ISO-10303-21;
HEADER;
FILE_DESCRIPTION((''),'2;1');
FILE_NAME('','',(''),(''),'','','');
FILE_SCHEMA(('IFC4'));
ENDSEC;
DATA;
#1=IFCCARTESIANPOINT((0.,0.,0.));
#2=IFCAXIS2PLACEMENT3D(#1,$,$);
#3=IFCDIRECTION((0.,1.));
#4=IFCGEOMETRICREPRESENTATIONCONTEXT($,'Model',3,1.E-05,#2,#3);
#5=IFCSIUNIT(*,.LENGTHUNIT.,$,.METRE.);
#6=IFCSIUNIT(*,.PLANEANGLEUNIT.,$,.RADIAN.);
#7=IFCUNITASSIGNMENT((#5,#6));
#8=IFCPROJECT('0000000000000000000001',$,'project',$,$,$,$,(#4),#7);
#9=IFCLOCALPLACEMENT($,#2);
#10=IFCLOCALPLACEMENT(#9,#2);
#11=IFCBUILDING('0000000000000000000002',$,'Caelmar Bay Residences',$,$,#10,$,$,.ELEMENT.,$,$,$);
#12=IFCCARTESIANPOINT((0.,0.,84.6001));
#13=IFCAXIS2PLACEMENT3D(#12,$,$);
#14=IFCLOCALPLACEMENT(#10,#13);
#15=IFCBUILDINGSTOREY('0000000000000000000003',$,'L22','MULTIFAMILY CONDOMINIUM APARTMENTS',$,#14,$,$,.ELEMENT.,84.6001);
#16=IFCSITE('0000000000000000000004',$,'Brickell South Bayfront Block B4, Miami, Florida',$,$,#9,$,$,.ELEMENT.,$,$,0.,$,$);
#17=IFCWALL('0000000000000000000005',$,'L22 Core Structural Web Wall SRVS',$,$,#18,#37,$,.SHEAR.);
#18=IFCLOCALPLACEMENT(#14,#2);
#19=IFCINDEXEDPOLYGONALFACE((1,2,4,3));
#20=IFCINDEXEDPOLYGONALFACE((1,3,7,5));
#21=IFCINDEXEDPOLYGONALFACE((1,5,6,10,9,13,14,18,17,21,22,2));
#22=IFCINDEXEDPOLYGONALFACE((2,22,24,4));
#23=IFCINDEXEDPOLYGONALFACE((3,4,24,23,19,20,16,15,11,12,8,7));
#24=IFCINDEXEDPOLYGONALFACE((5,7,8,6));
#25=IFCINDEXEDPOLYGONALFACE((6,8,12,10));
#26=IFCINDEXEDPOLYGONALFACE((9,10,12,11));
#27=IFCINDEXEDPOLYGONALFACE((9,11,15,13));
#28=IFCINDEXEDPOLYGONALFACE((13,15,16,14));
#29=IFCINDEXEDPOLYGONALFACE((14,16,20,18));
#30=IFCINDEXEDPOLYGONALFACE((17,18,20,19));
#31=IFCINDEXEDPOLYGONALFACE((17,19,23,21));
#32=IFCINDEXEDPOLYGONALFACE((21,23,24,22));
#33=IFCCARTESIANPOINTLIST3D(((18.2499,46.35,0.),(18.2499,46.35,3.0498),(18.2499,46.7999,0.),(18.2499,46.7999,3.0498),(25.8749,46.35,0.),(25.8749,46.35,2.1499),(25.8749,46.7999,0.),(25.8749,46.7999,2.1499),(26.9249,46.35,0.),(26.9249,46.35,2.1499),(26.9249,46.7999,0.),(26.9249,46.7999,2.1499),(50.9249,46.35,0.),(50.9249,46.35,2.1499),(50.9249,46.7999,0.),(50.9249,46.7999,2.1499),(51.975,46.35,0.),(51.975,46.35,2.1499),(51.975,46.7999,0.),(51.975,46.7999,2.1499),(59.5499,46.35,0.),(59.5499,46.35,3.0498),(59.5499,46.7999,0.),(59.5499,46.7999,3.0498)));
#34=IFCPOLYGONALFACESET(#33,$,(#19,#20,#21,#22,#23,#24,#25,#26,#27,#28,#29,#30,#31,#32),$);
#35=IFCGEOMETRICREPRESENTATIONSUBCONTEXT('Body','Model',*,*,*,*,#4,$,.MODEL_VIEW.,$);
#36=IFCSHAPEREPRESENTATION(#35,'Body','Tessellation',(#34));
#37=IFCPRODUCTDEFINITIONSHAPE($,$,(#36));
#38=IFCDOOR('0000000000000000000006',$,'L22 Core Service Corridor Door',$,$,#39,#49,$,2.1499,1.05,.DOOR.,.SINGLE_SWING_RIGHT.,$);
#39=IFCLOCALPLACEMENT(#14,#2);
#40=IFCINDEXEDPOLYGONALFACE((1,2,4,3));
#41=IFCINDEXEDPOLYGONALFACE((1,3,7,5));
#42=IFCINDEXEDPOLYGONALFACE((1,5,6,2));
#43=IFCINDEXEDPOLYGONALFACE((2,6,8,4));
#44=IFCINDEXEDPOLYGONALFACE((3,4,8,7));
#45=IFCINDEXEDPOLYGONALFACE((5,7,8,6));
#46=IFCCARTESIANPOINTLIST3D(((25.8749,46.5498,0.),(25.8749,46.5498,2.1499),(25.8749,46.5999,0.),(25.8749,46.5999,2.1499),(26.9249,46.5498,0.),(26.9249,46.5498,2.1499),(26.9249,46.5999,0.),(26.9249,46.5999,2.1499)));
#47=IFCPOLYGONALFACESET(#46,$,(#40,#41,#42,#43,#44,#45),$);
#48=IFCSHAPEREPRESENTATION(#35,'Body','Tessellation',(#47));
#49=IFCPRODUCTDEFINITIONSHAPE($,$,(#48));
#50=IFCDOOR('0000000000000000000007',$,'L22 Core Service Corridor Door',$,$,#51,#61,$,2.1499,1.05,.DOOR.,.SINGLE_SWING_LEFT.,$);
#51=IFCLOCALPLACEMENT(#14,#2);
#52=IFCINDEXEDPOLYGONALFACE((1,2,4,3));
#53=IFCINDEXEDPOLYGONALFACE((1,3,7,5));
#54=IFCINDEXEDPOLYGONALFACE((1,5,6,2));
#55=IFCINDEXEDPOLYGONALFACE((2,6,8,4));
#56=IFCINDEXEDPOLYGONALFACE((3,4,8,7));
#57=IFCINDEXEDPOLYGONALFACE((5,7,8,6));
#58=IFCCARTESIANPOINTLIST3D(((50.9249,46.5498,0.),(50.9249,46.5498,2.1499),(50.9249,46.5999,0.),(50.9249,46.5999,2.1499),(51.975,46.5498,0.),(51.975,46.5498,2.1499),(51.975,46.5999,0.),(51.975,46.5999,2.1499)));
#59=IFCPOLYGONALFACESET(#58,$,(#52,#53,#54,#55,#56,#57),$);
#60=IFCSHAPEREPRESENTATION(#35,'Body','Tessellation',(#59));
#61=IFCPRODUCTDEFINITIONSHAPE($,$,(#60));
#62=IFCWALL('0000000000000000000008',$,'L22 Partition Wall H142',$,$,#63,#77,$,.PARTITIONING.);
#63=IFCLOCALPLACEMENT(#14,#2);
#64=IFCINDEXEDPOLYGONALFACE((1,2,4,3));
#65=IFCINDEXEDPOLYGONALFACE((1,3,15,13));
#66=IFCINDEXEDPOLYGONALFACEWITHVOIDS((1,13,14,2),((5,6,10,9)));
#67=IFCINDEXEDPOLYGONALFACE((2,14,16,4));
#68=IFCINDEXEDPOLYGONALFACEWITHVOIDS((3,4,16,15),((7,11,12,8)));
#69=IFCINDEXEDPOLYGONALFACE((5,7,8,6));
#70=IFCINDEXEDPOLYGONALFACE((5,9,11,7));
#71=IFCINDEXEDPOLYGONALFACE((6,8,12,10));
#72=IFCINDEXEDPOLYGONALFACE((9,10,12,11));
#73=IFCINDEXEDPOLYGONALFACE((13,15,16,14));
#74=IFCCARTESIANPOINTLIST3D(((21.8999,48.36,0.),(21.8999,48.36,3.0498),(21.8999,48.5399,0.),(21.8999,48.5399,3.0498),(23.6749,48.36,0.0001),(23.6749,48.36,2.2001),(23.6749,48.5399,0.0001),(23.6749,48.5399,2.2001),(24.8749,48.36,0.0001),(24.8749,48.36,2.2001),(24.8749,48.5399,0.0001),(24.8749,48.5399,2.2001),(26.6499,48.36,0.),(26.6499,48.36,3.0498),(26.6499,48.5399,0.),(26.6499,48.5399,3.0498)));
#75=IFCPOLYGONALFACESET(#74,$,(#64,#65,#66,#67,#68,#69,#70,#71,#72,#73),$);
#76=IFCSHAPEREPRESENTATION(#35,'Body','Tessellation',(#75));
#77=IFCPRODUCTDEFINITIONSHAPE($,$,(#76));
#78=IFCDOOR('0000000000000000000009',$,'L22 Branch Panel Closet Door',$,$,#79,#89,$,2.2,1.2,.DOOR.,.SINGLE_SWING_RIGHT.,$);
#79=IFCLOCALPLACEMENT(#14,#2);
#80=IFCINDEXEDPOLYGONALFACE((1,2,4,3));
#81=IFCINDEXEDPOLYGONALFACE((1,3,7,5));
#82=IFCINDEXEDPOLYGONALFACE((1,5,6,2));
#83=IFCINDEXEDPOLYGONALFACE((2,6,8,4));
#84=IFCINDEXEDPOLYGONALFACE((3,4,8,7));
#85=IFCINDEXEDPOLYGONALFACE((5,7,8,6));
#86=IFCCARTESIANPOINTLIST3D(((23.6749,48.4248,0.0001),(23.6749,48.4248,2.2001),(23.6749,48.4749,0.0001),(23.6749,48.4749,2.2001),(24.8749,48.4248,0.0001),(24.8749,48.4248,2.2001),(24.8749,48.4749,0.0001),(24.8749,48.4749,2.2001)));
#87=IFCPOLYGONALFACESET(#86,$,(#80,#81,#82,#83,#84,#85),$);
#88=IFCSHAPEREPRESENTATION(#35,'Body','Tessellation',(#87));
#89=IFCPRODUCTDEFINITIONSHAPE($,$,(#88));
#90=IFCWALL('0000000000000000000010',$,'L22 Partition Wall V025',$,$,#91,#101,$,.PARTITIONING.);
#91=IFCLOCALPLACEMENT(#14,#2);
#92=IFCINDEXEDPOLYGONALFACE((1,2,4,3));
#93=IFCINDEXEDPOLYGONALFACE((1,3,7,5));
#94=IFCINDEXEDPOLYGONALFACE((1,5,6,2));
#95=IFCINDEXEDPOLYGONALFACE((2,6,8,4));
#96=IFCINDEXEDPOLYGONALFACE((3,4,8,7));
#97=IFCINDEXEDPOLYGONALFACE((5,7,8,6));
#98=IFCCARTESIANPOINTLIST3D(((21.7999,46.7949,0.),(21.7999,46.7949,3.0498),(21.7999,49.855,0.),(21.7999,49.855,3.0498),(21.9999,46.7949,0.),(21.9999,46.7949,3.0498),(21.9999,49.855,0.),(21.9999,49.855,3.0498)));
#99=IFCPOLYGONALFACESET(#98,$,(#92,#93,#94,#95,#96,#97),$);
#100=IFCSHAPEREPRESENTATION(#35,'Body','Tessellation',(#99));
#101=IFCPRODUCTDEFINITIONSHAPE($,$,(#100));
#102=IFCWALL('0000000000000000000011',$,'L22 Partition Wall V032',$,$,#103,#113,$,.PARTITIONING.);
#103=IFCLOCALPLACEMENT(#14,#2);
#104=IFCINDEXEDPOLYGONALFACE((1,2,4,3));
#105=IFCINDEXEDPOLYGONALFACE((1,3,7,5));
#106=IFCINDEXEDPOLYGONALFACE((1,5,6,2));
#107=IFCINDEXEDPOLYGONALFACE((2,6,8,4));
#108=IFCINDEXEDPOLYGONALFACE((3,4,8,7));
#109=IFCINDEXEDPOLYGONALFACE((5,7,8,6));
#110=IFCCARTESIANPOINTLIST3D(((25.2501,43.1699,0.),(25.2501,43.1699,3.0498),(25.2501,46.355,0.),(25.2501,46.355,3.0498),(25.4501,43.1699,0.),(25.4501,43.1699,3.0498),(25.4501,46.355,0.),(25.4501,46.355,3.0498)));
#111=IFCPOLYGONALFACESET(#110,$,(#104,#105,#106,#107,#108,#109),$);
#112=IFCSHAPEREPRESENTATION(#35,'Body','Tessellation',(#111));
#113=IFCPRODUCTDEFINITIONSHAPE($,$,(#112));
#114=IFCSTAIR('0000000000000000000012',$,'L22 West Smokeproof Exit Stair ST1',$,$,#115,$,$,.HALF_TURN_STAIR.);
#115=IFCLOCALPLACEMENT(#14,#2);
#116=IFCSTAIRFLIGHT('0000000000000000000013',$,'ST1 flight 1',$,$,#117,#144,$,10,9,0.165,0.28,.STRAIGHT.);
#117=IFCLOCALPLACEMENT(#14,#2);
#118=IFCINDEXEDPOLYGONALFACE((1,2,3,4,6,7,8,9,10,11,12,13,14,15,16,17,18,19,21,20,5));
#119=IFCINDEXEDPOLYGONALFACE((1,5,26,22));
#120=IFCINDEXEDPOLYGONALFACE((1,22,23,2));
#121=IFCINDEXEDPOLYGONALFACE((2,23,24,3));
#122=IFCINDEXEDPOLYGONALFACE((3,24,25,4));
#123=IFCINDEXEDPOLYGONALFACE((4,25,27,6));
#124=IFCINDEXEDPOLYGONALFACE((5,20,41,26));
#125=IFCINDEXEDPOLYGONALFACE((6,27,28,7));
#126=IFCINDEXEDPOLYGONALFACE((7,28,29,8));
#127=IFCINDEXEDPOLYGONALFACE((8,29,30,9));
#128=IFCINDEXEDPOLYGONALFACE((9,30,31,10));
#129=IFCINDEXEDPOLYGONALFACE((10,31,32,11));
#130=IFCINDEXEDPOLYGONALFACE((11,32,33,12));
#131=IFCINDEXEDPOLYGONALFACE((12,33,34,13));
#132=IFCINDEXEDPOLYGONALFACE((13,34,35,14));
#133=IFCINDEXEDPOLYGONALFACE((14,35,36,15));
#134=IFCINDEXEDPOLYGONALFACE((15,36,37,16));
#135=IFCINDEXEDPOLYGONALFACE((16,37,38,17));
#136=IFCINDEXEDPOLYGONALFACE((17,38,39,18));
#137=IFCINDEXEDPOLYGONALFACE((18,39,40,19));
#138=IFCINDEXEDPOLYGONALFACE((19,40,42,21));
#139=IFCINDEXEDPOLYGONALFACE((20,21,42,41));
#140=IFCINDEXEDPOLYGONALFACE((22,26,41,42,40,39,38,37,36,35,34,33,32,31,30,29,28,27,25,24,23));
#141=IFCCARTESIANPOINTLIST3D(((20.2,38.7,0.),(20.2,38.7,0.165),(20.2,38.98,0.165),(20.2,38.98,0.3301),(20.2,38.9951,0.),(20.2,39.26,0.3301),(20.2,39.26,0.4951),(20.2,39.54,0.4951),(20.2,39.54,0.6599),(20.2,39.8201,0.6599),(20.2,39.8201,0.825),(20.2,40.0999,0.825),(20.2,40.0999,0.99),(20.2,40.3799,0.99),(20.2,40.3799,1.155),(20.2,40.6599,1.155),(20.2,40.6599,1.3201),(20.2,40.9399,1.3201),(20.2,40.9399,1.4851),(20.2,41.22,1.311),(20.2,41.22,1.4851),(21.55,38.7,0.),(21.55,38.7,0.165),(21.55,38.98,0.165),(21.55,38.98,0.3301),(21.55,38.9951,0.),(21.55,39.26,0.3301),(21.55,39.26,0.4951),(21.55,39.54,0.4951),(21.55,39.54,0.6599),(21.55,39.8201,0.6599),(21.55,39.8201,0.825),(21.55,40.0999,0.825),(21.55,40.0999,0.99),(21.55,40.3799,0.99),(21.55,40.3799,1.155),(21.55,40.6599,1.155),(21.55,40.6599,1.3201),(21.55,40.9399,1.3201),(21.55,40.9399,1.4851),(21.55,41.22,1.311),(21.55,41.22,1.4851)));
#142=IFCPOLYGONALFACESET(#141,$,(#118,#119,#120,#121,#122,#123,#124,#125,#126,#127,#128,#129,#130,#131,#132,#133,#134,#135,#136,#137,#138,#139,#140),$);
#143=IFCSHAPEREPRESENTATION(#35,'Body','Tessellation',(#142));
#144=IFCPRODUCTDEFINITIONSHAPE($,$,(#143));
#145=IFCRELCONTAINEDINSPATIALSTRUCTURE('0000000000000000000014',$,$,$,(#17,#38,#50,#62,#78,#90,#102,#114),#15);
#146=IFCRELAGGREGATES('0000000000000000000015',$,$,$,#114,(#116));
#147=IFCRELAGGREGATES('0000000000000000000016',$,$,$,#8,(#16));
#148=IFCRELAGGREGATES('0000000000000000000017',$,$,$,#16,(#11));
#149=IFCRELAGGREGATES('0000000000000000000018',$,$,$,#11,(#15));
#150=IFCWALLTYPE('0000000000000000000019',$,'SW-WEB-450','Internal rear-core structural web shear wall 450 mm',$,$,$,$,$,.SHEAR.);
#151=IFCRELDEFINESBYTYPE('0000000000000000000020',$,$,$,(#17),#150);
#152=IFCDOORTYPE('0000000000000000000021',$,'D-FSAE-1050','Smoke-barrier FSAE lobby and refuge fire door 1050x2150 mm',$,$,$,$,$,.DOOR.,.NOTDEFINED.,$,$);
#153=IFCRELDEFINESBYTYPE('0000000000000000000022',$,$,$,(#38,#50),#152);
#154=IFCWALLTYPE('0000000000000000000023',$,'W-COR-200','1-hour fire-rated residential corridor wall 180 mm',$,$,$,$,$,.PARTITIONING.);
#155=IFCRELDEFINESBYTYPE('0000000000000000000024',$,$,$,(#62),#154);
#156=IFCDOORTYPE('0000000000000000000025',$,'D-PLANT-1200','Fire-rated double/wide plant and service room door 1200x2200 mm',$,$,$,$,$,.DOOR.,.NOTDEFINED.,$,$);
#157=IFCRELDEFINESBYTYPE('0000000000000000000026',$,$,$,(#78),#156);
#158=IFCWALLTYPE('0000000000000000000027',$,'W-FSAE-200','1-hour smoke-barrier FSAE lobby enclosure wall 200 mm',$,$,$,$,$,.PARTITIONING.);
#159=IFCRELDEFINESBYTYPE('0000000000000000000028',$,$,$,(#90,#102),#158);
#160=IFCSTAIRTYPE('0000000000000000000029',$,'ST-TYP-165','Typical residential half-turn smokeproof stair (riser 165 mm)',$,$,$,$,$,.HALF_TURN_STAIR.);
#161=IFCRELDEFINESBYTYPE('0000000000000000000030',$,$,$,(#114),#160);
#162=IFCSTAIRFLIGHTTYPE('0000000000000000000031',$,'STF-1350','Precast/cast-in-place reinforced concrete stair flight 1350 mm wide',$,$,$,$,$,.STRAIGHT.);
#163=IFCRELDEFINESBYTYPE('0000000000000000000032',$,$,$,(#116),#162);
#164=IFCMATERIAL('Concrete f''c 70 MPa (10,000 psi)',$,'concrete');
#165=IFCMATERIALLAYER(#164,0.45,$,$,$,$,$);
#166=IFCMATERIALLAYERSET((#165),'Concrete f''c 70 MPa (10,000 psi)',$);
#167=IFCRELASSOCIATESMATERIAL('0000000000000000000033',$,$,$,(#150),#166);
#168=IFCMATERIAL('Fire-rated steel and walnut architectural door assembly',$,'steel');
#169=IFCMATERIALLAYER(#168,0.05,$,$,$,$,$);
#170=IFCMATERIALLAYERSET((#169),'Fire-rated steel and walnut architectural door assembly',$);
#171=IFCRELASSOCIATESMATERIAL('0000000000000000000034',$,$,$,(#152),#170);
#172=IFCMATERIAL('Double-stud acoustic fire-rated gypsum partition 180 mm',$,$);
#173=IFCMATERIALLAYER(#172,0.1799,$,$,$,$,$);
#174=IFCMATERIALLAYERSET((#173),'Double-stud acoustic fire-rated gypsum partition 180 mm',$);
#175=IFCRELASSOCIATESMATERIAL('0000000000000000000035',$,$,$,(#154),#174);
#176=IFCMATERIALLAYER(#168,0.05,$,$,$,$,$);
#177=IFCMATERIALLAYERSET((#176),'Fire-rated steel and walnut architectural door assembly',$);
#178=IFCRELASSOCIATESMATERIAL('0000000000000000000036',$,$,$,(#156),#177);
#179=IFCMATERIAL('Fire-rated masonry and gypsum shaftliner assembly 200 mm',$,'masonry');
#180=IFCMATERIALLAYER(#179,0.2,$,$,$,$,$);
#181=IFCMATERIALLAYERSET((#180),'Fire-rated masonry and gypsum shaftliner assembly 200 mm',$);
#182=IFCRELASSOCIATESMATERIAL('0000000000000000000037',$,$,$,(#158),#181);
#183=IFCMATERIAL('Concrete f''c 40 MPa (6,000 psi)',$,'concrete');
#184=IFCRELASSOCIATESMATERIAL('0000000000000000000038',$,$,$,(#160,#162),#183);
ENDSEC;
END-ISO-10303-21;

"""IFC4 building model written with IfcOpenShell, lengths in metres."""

from ifc_helpers import new_model, si_unit, direction, frame, frame_2d, origin, place, context, subcontext, project, spatial, polyline, rectangle, outline, extrude, material, layer, layer_set, type_object, element, fill, aggregate, save


model = new_model("IFC4")

# Units and contexts
model_context = context("Model", 3, precision=1e-05, world=origin(), true_north=direction((0.0, 1.0)))
body_context = subcontext(model_context, "Body", "Model", "MODEL_VIEW")
ifc_project = project(units=[si_unit("LENGTHUNIT", "METRE"), si_unit("PLANEANGLEUNIT", "RADIAN")], contexts=[model_context])

# Site, building, storey
site_placement = place(None, origin())
site = spatial("IfcSite", under=ifc_project, at=site_placement, Name="Brickell South Bayfront Block B4, Miami, Florida", CompositionType="ELEMENT", RefElevation=0.0)
building_placement = place(site_placement, origin())
building = spatial("IfcBuilding", under=site, at=building_placement, Name="Caelmar Bay Residences", CompositionType="ELEMENT")
storey_placement = place(building_placement, frame((0.0, 0.0, 84.6001)))
storey = spatial("IfcBuildingStorey", under=building, at=storey_placement, Name="L22", Description="MULTIFAMILY CONDOMINIUM APARTMENTS", CompositionType="ELEMENT", Elevation=84.6001)

# Shared definitions
ifc_material_1 = material(Name="Fire-rated steel and walnut architectural door assembly", Category="steel")

# Shared definitions
ifc_material_2 = material(Name="Concrete f'c 70 MPa (10,000 psi)", Category="concrete")

# Wall, openings, doors
ifc_layer_1 = layer(ifc_material_2, 0.45)
ifc_layer_set_1 = layer_set([ifc_layer_1], Name="Concrete f'c 70 MPa (10,000 psi)")
wall_type_1 = type_object("IfcWallType", Name="SW-WEB-450", Description="Internal rear-core structural web shear wall 450 mm", PredefinedType="SHEAR", material=ifc_layer_set_1)
ifc_layer_2 = layer(ifc_material_1, 0.05)
ifc_layer_set_2 = layer_set([ifc_layer_2], Name="Fire-rated steel and walnut architectural door assembly")
door_type_1 = type_object("IfcDoorType", Name="D-FSAE-1050", Description="Smoke-barrier FSAE lobby and refuge fire door 1050x2150 mm", OperationType="NOTDEFINED", PredefinedType="DOOR", material=ifc_layer_set_2)
wall_1_placement = place(storey_placement, frame((18.25, 46.575, 0.0), z_axis=(0.0, 0.0, 1.0), x_axis=(1.0, 0.0, 0.0)))
wall_1 = element("IfcWall", 1, at=wall_1_placement, inside=storey, type_object=wall_type_1, Name="L22 Core Structural Web Wall SRVS", PredefinedType="SHEAR", context=body_context, shape_type="SweptSolid", body=[
    extrude(rectangle(XDim=41.3, YDim=0.45, at=frame_2d((20.6499, 0.0))), origin(), (0.0, 0.0, 1.0), 3.0498),
])
opening_1_placement = place(wall_1_placement, frame((7.625, 0.0, 0.0)))
opening_1 = element("IfcOpeningElement", 2, at=opening_1_placement, cuts=wall_1, PredefinedType="OPENING", context=body_context, shape_type="SweptSolid", body=[
    extrude(rectangle(XDim=1.05, YDim=2.1499, at=frame_2d((0.5249, 1.075))), frame((0.0, 0.2349, 0.0), z_axis=(0.0, -1.0, 0.0), x_axis=(1.0, 0.0, 0.0)), (0.0, 0.0, 1.0), 0.47),
])
opening_2_placement = place(wall_1_placement, frame((32.675, 0.0, 0.0)))
opening_2 = element("IfcOpeningElement", 3, at=opening_2_placement, cuts=wall_1, PredefinedType="OPENING", context=body_context, shape_type="SweptSolid", body=[
    extrude(rectangle(XDim=1.05, YDim=2.1499, at=frame_2d((0.5249, 1.075))), frame((0.0, 0.2349, 0.0), z_axis=(0.0, -1.0, 0.0), x_axis=(1.0, 0.0, 0.0)), (0.0, 0.0, 1.0), 0.47),
])
door_1_placement = place(opening_1_placement, origin())
door_1 = element("IfcDoor", 4, at=door_1_placement, inside=storey, type_object=door_type_1, Name="L22 Core Service Corridor Door", OperationType="SINGLE_SWING_RIGHT", OverallHeight=2.1499, OverallWidth=1.05, PredefinedType="DOOR", context=body_context, shape_type="SweptSolid", body=[
    extrude(rectangle(XDim=1.05, YDim=2.1499, at=frame_2d((0.5249, 1.075))), frame((0.0, 0.0249, 0.0), z_axis=(0.0, -1.0, 0.0), x_axis=(1.0, 0.0, 0.0)), (0.0, 0.0, 1.0), 0.05),
])
fill(opening_1, door_1)
door_2_placement = place(opening_2_placement, origin())
door_2 = element("IfcDoor", 5, at=door_2_placement, inside=storey, type_object=door_type_1, Name="L22 Core Service Corridor Door", OperationType="SINGLE_SWING_LEFT", OverallHeight=2.1499, OverallWidth=1.05, PredefinedType="DOOR", context=body_context, shape_type="SweptSolid", body=[
    extrude(rectangle(XDim=1.05, YDim=2.1499, at=frame_2d((0.5249, 1.075))), frame((0.0, 0.0249, 0.0), z_axis=(0.0, -1.0, 0.0), x_axis=(1.0, 0.0, 0.0)), (0.0, 0.0, 1.0), 0.05),
])
fill(opening_2, door_2)

# Wall, opening, door
ifc_material_3 = material(Name="Double-stud acoustic fire-rated gypsum partition 180 mm")
ifc_layer_3 = layer(ifc_material_3, 0.1799)
ifc_layer_set_3 = layer_set([ifc_layer_3], Name="Double-stud acoustic fire-rated gypsum partition 180 mm")
wall_type_2 = type_object("IfcWallType", Name="W-COR-200", Description="1-hour fire-rated residential corridor wall 180 mm", PredefinedType="PARTITIONING", material=ifc_layer_set_3)
wall_2_placement = place(storey_placement, frame((21.8999, 48.45, 0.0), z_axis=(0.0, 0.0, 1.0), x_axis=(1.0, 0.0, 0.0)))
wall_2 = element("IfcWall", 6, at=wall_2_placement, inside=storey, type_object=wall_type_2, Name="L22 Partition Wall H142", PredefinedType="PARTITIONING", context=body_context, shape_type="SweptSolid", body=[
    extrude(rectangle(XDim=4.75, YDim=0.1799, at=frame_2d((2.375, 0.0))), origin(), (0.0, 0.0, 1.0), 3.0498),
])
opening_3_placement = place(wall_2_placement, frame((1.7749, 0.0, 0.0)))
opening_3 = element("IfcOpeningElement", 7, at=opening_3_placement, cuts=wall_2, PredefinedType="OPENING", context=body_context, shape_type="SweptSolid", body=[
    extrude(rectangle(XDim=1.2, YDim=2.2, at=frame_2d((0.6001, 1.1001))), frame((0.0, 0.0999, 0.0), z_axis=(0.0, -1.0, 0.0), x_axis=(1.0, 0.0, 0.0)), (0.0, 0.0, 1.0), 0.2),
])
ifc_layer_4 = layer(ifc_material_1, 0.05)
ifc_layer_set_4 = layer_set([ifc_layer_4], Name="Fire-rated steel and walnut architectural door assembly")
door_type_2 = type_object("IfcDoorType", Name="D-PLANT-1200", Description="Fire-rated double/wide plant and service room door 1200x2200 mm", OperationType="NOTDEFINED", PredefinedType="DOOR", material=ifc_layer_set_4)
door_3_placement = place(opening_3_placement, origin())
door_3 = element("IfcDoor", 8, at=door_3_placement, inside=storey, type_object=door_type_2, Name="L22 Branch Panel Closet Door", OperationType="SINGLE_SWING_RIGHT", OverallHeight=2.2, OverallWidth=1.2, PredefinedType="DOOR", context=body_context, shape_type="SweptSolid", body=[
    extrude(rectangle(XDim=1.2, YDim=2.2, at=frame_2d((0.6001, 1.1001))), frame((0.0, 0.0249, 0.0), z_axis=(0.0, -1.0, 0.0), x_axis=(1.0, 0.0, 0.0)), (0.0, 0.0, 1.0), 0.05),
])
fill(opening_3, door_3)

# Walls
ifc_material_4 = material(Name="Fire-rated masonry and gypsum shaftliner assembly 200 mm", Category="masonry")
ifc_layer_5 = layer(ifc_material_4, 0.2)
ifc_layer_set_5 = layer_set([ifc_layer_5], Name="Fire-rated masonry and gypsum shaftliner assembly 200 mm")
wall_type_3 = type_object("IfcWallType", Name="W-FSAE-200", Description="1-hour smoke-barrier FSAE lobby enclosure wall 200 mm", PredefinedType="PARTITIONING", material=ifc_layer_set_5)
wall_3_placement = place(storey_placement, frame((21.8999, 46.7949, 0.0), z_axis=(0.0, 0.0, 1.0), x_axis=(0.0, 1.0, 0.0)))
element("IfcWall", 9, at=wall_3_placement, inside=storey, type_object=wall_type_3, Name="L22 Partition Wall V025", PredefinedType="PARTITIONING", context=body_context, shape_type="SweptSolid", body=[
    extrude(rectangle(XDim=3.0601, YDim=0.2, at=frame_2d((1.53, 0.0))), origin(), (0.0, 0.0, 1.0), 3.0498),
])
wall_4_placement = place(storey_placement, frame((25.3501, 43.1699, 0.0), z_axis=(0.0, 0.0, 1.0), x_axis=(0.0, 1.0, 0.0)))
element("IfcWall", 10, at=wall_4_placement, inside=storey, type_object=wall_type_3, Name="L22 Partition Wall V032", PredefinedType="PARTITIONING", context=body_context, shape_type="SweptSolid", body=[
    extrude(rectangle(XDim=3.1851, YDim=0.2, at=frame_2d((1.5925, 0.0))), origin(), (0.0, 0.0, 1.0), 3.0498),
])

# Stair, stair flight
ifc_material_5 = material(Name="Concrete f'c 40 MPa (6,000 psi)", Category="concrete")
stair_type = type_object("IfcStairType", Name="ST-TYP-165", Description="Typical residential half-turn smokeproof stair (riser 165 mm)", PredefinedType="HALF_TURN_STAIR", material=ifc_material_5)
stair_placement = place(storey_placement, origin())
stair = element("IfcStair", 11, at=stair_placement, inside=storey, type_object=stair_type, Name="L22 West Smokeproof Exit Stair ST1", PredefinedType="HALF_TURN_STAIR")
stair_flight_type = type_object("IfcStairFlightType", Name="STF-1350", Description="Precast/cast-in-place reinforced concrete stair flight 1350 mm wide", PredefinedType="STRAIGHT", material=ifc_material_5)
stair_flight_1_placement = place(storey_placement, frame((20.875, 38.7, 0.0), z_axis=(0.0, 0.0, 1.0), x_axis=(0.0, 1.0, 0.0)))
stair_flight_1 = element("IfcStairFlight", 12, at=stair_flight_1_placement, type_object=stair_flight_type, Name="ST1 flight 1", NumberOfRisers=10, NumberOfTreads=9, PredefinedType="STRAIGHT", RiserHeight=0.165, TreadLength=0.28, context=body_context, shape_type="SweptSolid", body=[
    extrude(outline(polyline([(0.0, 0.0), (0.0, 0.165), (0.28, 0.165), (0.28, 0.3301), (0.5601, 0.3301), (0.5601, 0.4951), (0.8401, 0.4951), (0.8401, 0.6599), (1.1201, 0.6599), (1.1201, 0.825), (1.3999, 0.825), (1.3999, 0.99), (1.6799, 0.99), (1.6799, 1.155), (1.96, 1.155), (1.96, 1.3201), (2.24, 1.3201), (2.24, 1.4851), (2.52, 1.4851), (2.52, 1.6499), (2.52, 1.311), (0.2952, 0.0), (0.0, 0.0)])), frame((0.0, 0.675, 0.0), z_axis=(0.0, -1.0, 0.0), x_axis=(1.0, 0.0, 0.0)), (0.0, 0.0, 1.0), 1.3501),
])
aggregate(stair, [stair_flight_1])

save(model, "model.ifc")
